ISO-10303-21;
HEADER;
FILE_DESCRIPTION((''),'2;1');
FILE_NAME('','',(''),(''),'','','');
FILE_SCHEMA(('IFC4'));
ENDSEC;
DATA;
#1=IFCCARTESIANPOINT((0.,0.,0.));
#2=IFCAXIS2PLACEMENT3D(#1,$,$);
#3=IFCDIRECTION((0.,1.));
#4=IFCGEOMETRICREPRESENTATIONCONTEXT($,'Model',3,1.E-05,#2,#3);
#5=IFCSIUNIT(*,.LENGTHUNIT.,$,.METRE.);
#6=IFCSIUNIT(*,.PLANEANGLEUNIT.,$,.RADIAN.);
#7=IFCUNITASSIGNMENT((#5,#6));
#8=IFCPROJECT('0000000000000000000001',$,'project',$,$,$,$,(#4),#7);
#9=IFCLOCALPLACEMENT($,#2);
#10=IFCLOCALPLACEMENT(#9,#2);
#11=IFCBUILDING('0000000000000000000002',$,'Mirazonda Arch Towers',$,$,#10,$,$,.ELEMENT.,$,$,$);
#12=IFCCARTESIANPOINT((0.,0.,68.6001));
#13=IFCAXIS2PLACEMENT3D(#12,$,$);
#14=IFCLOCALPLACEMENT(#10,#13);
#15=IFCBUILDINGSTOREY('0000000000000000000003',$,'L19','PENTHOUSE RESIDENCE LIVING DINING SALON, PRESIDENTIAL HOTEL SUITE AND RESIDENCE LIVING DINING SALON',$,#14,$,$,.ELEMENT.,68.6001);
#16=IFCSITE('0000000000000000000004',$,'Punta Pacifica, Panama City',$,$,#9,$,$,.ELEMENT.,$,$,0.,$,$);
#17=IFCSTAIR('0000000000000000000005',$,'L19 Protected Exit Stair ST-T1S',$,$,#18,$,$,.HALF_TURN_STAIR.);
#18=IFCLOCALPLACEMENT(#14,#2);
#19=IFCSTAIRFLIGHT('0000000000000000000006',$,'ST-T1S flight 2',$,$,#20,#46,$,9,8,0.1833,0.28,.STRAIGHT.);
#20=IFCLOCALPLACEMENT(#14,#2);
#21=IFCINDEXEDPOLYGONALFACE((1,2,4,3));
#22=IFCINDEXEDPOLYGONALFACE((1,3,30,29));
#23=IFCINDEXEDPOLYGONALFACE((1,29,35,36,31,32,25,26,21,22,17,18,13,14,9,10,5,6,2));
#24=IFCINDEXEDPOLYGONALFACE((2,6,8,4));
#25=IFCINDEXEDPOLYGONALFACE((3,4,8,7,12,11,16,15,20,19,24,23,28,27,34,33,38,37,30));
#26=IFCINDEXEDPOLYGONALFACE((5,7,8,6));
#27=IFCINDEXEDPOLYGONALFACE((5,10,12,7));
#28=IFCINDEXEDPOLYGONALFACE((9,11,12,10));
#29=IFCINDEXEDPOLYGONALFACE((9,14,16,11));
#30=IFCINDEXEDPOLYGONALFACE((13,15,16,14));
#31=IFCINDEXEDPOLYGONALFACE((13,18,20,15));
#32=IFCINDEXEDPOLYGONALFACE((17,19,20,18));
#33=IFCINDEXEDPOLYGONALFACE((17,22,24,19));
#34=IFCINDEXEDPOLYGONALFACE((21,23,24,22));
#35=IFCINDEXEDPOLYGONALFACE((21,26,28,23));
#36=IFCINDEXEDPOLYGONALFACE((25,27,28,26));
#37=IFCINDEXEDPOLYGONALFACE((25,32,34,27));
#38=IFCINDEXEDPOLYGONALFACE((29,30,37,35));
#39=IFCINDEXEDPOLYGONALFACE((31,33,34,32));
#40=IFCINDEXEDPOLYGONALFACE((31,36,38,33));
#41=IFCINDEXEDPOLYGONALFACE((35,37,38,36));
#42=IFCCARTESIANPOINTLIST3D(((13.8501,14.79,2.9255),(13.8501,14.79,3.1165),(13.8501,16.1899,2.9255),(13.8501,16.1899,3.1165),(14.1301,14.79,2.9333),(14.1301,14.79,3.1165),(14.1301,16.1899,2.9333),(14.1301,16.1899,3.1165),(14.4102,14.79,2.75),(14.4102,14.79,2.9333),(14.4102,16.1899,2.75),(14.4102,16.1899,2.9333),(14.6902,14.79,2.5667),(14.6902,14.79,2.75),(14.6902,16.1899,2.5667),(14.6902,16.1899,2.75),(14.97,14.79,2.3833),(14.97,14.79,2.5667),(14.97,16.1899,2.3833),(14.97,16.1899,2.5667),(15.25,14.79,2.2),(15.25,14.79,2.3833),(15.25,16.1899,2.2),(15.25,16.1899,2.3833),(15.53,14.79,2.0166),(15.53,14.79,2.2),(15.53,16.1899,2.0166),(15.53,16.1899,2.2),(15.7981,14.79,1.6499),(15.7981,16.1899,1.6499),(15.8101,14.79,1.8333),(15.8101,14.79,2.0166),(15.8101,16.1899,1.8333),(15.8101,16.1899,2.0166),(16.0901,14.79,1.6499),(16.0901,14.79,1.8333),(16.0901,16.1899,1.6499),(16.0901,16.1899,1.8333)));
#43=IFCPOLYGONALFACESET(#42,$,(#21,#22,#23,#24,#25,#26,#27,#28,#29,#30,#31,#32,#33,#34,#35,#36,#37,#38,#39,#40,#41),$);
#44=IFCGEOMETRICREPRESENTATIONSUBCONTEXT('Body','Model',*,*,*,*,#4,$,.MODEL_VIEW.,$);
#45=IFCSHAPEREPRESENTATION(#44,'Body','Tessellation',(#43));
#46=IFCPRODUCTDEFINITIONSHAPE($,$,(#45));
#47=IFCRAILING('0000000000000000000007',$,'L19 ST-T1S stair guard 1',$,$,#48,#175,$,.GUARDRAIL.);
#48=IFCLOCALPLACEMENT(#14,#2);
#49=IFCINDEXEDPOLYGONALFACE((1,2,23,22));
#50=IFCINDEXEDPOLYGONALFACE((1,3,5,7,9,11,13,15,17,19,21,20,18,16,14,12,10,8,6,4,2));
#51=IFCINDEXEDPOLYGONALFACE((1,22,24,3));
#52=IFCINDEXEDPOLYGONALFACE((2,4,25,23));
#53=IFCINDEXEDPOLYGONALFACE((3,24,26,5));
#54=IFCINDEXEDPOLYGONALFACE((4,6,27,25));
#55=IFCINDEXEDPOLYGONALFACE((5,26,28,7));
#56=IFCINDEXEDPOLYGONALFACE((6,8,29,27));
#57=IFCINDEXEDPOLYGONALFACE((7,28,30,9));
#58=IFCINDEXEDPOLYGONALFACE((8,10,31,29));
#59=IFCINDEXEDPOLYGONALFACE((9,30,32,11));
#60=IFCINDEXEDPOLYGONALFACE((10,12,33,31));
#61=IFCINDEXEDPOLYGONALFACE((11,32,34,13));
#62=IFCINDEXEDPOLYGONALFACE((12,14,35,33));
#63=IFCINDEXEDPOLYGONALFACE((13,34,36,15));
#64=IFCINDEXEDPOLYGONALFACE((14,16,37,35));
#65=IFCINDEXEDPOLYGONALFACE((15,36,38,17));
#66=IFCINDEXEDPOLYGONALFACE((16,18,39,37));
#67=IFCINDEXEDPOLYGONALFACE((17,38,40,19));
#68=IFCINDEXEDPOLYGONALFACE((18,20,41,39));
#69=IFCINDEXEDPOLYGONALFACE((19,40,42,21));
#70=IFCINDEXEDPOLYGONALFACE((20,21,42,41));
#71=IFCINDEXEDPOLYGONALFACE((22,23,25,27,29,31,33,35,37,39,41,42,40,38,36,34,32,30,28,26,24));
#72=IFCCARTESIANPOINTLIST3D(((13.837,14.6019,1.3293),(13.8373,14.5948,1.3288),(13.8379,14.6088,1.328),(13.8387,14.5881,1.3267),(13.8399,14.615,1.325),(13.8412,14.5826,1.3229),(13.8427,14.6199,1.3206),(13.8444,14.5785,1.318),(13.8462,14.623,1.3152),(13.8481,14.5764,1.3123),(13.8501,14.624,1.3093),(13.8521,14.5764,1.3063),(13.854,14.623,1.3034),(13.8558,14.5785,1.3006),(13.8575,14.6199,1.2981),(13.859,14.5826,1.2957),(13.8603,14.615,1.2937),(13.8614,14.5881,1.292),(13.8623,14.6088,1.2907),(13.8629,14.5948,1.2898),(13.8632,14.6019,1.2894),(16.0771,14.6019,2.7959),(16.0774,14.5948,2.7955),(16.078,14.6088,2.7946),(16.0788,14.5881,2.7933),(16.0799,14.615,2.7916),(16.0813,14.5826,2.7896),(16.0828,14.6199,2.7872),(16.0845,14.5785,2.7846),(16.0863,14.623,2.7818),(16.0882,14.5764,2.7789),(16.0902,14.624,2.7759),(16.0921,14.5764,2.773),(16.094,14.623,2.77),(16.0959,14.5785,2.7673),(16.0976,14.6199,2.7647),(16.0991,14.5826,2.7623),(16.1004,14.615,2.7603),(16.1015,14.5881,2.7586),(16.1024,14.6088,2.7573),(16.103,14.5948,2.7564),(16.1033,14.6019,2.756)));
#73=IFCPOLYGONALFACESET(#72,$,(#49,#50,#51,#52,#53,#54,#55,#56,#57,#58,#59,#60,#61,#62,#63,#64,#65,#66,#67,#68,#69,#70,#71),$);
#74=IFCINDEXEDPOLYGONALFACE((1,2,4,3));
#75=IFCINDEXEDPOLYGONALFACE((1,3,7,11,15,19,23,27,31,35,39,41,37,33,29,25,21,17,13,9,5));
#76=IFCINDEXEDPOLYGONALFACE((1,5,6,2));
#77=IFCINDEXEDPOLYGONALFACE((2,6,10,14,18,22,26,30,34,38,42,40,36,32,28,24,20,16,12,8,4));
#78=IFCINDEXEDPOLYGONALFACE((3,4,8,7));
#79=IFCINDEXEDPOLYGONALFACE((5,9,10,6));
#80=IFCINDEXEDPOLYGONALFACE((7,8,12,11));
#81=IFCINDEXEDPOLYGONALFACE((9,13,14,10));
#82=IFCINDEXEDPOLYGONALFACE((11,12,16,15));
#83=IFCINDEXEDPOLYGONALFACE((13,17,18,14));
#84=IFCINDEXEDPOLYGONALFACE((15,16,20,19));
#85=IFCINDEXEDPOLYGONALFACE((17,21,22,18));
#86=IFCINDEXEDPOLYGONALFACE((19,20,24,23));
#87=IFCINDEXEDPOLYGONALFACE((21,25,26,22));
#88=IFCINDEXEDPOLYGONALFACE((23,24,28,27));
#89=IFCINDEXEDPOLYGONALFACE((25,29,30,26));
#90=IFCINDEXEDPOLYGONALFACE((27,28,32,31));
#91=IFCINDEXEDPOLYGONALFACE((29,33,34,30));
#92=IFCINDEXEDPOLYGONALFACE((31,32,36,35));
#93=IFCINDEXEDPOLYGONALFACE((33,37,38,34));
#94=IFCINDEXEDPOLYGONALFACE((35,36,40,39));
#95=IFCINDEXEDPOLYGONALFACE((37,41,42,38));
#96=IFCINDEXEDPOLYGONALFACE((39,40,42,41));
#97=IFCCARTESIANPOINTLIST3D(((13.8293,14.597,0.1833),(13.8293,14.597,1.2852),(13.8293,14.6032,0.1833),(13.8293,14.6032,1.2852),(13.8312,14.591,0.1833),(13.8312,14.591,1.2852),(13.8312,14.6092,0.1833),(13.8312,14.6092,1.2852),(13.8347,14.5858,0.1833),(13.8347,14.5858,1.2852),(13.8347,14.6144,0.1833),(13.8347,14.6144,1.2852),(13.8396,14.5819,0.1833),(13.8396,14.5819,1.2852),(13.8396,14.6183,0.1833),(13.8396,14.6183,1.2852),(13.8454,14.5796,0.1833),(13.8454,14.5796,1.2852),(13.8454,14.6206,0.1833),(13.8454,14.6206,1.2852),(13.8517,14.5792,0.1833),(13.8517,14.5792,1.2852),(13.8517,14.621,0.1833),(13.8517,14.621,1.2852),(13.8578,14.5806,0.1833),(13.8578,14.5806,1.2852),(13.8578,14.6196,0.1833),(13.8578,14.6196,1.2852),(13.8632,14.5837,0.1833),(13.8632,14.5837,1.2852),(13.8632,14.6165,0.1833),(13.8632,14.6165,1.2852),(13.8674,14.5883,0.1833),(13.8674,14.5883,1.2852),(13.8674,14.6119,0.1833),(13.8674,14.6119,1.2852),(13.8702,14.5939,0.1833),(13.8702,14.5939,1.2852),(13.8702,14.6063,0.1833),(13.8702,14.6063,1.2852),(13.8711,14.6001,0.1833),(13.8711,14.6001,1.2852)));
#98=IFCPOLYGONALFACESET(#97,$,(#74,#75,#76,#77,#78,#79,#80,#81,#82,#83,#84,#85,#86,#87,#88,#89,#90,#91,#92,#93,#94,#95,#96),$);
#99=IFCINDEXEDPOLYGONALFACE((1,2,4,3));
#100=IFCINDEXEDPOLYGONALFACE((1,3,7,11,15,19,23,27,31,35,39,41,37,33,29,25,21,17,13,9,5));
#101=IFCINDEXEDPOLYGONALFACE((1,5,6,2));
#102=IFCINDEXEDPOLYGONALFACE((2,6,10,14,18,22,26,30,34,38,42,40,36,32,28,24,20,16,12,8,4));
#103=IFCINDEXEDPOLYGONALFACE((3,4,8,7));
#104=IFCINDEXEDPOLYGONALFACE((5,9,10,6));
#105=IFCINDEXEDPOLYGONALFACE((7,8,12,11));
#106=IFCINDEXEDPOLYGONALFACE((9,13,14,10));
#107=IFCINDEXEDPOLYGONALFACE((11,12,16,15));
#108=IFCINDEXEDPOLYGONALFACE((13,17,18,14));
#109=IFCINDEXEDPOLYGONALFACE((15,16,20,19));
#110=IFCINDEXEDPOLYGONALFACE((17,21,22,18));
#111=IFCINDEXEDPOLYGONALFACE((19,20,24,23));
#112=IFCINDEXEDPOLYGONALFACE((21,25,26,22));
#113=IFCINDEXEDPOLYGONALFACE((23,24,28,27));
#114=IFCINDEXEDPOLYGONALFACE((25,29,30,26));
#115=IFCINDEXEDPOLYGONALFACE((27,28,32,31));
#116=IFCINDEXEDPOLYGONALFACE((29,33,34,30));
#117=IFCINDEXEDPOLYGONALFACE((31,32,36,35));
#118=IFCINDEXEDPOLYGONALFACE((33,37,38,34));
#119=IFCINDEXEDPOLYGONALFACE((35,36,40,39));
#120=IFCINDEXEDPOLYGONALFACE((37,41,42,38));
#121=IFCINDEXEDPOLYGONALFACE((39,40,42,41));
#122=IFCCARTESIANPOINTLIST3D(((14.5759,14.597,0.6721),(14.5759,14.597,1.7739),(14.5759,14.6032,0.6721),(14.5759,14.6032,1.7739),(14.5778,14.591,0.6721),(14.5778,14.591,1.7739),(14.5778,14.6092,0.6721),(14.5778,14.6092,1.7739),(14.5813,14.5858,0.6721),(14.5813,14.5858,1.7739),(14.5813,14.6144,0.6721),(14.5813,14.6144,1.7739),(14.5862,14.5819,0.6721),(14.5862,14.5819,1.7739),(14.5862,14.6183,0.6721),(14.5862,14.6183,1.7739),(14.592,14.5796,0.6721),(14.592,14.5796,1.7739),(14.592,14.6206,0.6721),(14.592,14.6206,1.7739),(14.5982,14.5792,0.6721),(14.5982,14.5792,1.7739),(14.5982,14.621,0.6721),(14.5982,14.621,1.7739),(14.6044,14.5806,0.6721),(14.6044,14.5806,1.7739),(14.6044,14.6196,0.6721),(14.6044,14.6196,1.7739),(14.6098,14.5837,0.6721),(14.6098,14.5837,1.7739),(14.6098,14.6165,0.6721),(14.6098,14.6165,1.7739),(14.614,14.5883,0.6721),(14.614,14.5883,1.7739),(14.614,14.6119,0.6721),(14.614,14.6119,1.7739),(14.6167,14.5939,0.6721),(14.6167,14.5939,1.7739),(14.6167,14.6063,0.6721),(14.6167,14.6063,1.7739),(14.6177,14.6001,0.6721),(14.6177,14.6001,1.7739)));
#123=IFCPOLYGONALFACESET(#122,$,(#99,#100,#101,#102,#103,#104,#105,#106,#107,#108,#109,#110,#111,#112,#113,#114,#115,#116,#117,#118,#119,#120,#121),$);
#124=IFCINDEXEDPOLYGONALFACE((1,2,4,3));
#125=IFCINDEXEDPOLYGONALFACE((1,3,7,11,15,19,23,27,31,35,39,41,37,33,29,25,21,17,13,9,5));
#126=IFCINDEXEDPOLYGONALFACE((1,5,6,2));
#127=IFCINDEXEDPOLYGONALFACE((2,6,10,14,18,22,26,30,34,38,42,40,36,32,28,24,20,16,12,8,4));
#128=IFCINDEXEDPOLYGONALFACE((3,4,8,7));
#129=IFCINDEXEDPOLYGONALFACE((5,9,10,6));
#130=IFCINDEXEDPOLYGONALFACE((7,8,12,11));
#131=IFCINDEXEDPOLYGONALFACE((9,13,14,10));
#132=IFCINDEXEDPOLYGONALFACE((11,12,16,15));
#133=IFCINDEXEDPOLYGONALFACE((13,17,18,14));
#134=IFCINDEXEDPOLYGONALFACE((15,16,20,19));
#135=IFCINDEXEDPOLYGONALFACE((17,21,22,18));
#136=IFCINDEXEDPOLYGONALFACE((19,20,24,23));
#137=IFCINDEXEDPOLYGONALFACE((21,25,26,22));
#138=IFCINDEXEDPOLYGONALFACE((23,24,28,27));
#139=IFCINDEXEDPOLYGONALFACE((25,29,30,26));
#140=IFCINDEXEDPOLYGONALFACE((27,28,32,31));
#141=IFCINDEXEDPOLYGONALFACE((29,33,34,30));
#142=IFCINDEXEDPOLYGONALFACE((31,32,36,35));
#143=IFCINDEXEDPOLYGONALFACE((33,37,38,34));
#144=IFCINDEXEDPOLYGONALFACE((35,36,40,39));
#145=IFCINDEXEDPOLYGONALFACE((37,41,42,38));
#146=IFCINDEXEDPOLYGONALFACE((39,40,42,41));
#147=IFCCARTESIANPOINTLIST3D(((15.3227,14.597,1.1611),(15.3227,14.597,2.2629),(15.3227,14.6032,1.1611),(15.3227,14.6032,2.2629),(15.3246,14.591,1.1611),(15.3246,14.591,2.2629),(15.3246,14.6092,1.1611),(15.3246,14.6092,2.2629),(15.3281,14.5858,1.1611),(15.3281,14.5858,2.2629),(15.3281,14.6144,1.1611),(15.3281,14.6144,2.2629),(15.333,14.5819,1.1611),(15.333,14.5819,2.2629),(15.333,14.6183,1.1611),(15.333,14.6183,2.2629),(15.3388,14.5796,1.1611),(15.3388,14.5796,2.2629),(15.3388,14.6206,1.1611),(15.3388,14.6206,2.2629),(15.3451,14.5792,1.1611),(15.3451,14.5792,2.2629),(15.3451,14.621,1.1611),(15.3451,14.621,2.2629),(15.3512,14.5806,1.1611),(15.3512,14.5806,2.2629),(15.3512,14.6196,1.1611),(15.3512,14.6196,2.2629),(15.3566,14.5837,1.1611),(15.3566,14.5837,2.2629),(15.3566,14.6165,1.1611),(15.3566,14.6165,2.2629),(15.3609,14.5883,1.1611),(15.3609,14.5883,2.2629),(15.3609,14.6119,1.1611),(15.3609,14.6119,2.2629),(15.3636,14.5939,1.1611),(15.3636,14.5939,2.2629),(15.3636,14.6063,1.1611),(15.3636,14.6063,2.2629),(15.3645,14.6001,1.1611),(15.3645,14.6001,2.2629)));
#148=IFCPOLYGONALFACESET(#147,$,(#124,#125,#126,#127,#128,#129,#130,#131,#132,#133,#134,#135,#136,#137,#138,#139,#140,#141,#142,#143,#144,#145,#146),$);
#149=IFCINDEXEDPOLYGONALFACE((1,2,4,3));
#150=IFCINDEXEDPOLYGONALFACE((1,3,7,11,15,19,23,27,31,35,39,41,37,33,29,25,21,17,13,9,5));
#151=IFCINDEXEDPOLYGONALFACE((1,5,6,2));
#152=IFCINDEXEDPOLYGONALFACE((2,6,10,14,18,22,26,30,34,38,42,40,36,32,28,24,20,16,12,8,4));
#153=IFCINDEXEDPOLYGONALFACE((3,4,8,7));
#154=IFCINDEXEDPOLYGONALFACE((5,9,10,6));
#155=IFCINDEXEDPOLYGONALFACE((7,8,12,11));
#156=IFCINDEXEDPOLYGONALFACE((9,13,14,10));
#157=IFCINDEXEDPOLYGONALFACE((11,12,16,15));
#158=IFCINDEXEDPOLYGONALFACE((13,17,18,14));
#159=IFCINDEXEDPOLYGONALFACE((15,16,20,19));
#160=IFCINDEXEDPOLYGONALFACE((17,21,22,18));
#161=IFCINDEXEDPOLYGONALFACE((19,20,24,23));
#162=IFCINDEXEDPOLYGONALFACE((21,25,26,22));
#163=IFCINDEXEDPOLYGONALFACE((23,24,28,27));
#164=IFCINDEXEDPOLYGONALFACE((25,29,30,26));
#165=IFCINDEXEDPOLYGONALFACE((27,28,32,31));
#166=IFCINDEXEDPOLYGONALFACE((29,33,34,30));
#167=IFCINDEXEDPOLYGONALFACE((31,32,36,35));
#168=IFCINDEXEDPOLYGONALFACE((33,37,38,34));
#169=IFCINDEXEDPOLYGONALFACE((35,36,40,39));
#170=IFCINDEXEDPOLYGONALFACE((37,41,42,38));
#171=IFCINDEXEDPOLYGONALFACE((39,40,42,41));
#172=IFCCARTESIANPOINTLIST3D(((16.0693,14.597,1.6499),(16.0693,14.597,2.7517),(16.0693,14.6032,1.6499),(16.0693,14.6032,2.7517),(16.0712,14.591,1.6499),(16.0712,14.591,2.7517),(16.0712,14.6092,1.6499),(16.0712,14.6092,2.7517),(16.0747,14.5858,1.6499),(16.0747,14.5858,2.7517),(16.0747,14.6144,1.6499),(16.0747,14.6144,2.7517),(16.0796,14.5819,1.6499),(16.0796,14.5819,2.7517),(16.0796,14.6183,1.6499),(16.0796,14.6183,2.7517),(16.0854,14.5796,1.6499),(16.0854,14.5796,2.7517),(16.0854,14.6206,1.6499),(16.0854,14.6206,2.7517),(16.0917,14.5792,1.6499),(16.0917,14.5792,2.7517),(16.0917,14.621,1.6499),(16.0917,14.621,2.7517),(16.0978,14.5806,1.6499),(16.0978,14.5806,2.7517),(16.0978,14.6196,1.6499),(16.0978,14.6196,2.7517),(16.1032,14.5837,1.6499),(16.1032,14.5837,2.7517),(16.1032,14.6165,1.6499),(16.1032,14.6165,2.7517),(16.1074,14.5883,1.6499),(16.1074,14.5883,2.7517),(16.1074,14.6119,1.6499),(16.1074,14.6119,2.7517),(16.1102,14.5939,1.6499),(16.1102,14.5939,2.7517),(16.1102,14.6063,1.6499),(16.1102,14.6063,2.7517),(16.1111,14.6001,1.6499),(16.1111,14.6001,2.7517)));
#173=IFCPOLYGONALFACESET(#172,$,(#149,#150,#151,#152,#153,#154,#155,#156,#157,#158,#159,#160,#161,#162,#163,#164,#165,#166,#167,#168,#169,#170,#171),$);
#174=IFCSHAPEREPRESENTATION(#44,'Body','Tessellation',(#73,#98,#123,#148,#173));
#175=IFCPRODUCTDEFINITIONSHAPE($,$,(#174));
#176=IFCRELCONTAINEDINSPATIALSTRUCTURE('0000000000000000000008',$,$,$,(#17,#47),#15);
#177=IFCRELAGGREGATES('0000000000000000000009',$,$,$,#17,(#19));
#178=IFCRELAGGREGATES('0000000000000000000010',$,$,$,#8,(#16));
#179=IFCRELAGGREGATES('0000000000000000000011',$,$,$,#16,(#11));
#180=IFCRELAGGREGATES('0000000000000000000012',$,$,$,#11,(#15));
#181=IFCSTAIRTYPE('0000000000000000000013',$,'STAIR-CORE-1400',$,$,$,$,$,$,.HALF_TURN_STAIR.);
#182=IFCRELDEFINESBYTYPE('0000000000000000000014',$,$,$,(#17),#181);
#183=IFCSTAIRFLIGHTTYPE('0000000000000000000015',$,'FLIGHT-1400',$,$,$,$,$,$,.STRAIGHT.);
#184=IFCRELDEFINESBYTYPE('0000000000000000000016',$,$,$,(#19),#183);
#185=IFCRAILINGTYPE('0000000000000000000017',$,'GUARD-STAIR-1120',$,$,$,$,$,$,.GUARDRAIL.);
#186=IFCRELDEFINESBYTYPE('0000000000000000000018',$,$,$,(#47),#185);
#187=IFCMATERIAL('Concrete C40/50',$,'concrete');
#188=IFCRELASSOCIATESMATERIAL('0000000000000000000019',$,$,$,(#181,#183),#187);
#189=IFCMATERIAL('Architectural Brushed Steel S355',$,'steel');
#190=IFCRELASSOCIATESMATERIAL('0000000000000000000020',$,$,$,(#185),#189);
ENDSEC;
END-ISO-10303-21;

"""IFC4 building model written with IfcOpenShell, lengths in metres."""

from ifc_helpers import new_model, si_unit, direction, frame, origin, origin_2d, place, context, subcontext, project, spatial, polyline, circle, outline, extrude, material, type_object, element, aggregate, save


model = new_model("IFC4")

# Units and contexts
model_context = context("Model", 3, precision=1e-05, world=origin(), true_north=direction((0.0, 1.0)))
body_context = subcontext(model_context, "Body", "Model", "MODEL_VIEW")
ifc_project = project(units=[si_unit("LENGTHUNIT", "METRE"), si_unit("PLANEANGLEUNIT", "RADIAN")], contexts=[model_context])

# Site, building, storey
site_placement = place(None, origin())
site = spatial("IfcSite", under=ifc_project, at=site_placement, Name="Punta Pacifica, Panama City", CompositionType="ELEMENT", RefElevation=0.0)
building_placement = place(site_placement, origin())
building = spatial("IfcBuilding", under=site, at=building_placement, Name="Mirazonda Arch Towers", CompositionType="ELEMENT")
storey_placement = place(building_placement, frame((0.0, 0.0, 68.6001)))
storey = spatial("IfcBuildingStorey", under=building, at=storey_placement, Name="L19", Description="PENTHOUSE RESIDENCE LIVING DINING SALON, PRESIDENTIAL HOTEL SUITE AND RESIDENCE LIVING DINING SALON", CompositionType="ELEMENT", Elevation=68.6001)

# Shared definitions
ifc_material_1 = material(Name="Concrete C40/50", Category="concrete")

# Stair, stair flight
stair_type = type_object("IfcStairType", Name="STAIR-CORE-1400", PredefinedType="HALF_TURN_STAIR", material=ifc_material_1)
stair_placement = place(storey_placement, origin())
stair = element("IfcStair", 1, at=stair_placement, inside=storey, type_object=stair_type, Name="L19 Protected Exit Stair ST-T1S", PredefinedType="HALF_TURN_STAIR")
stair_flight_type = type_object("IfcStairFlightType", Name="FLIGHT-1400", PredefinedType="STRAIGHT", material=ifc_material_1)
stair_flight_placement = place(storey_placement, frame((16.0901, 15.49, 1.6499), z_axis=(0.0, 0.0, 1.0), x_axis=(-1.0, 0.0, 0.0)))
stair_flight = element("IfcStairFlight", 2, at=stair_flight_placement, type_object=stair_flight_type, Name="ST-T1S flight 2", NumberOfRisers=9, NumberOfTreads=8, PredefinedType="STRAIGHT", RiserHeight=0.1833, TreadLength=0.28, context=body_context, shape_type="SweptSolid", body=[
    extrude(outline(polyline([(0.0, 0.0), (0.0, 0.1833), (0.28, 0.1833), (0.28, 0.3667), (0.5601, 0.3667), (0.5601, 0.55), (0.8401, 0.55), (0.8401, 0.7334), (1.1201, 0.7334), (1.1201, 0.9167), (1.3999, 0.9167), (1.3999, 1.1001), (1.6799, 1.1001), (1.6799, 1.2834), (1.96, 1.2834), (1.96, 1.4666), (2.24, 1.4666), (2.24, 1.6499), (2.24, 1.2756), (0.292, 0.0), (0.0, 0.0)])), frame((0.0, 0.7, 0.0), z_axis=(0.0, -1.0, 0.0), x_axis=(1.0, 0.0, 0.0)), (0.0, 0.0, 1.0), 1.3999),
])
aggregate(stair, [stair_flight])

# Railing
ifc_material_2 = material(Name="Architectural Brushed Steel S355", Category="steel")
railing_type_1 = type_object("IfcRailingType", Name="GUARD-STAIR-1120", PredefinedType="GUARDRAIL", material=ifc_material_2)
railing_1_placement = place(storey_placement, frame((13.8501, 14.6001, 0.1833)))
element("IfcRailing", 3, at=railing_1_placement, inside=storey, type_object=railing_type_1, Name="L19 ST-T1S stair guard 1", PredefinedType="GUARDRAIL", context=body_context, shape_type="SweptSolid", body=[
    extrude(circle(Radius=0.0239, at=origin_2d()), frame((0.0, 0.0, 1.126), z_axis=(0.836637, 0.0, 0.547758), x_axis=(0.0, 1.0, 0.0)), (0.0, 0.0, 1.0), 2.6775),
    extrude(circle(Radius=0.021, at=origin_2d()), origin(), (0.0, 0.0, 1.0), 1.1018),
    extrude(circle(Radius=0.021, at=origin_2d()), frame((0.7466, 0.0, 0.4888)), (0.0, 0.0, 1.0), 1.1018),
    extrude(circle(Radius=0.021, at=origin_2d()), frame((1.4934, 0.0, 0.9778)), (0.0, 0.0, 1.0), 1.1018),
    extrude(circle(Radius=0.021, at=origin_2d()), frame((2.24, 0.0, 1.4666)), (0.0, 0.0, 1.0), 1.1018),
])

save(model, "model.ifc")
